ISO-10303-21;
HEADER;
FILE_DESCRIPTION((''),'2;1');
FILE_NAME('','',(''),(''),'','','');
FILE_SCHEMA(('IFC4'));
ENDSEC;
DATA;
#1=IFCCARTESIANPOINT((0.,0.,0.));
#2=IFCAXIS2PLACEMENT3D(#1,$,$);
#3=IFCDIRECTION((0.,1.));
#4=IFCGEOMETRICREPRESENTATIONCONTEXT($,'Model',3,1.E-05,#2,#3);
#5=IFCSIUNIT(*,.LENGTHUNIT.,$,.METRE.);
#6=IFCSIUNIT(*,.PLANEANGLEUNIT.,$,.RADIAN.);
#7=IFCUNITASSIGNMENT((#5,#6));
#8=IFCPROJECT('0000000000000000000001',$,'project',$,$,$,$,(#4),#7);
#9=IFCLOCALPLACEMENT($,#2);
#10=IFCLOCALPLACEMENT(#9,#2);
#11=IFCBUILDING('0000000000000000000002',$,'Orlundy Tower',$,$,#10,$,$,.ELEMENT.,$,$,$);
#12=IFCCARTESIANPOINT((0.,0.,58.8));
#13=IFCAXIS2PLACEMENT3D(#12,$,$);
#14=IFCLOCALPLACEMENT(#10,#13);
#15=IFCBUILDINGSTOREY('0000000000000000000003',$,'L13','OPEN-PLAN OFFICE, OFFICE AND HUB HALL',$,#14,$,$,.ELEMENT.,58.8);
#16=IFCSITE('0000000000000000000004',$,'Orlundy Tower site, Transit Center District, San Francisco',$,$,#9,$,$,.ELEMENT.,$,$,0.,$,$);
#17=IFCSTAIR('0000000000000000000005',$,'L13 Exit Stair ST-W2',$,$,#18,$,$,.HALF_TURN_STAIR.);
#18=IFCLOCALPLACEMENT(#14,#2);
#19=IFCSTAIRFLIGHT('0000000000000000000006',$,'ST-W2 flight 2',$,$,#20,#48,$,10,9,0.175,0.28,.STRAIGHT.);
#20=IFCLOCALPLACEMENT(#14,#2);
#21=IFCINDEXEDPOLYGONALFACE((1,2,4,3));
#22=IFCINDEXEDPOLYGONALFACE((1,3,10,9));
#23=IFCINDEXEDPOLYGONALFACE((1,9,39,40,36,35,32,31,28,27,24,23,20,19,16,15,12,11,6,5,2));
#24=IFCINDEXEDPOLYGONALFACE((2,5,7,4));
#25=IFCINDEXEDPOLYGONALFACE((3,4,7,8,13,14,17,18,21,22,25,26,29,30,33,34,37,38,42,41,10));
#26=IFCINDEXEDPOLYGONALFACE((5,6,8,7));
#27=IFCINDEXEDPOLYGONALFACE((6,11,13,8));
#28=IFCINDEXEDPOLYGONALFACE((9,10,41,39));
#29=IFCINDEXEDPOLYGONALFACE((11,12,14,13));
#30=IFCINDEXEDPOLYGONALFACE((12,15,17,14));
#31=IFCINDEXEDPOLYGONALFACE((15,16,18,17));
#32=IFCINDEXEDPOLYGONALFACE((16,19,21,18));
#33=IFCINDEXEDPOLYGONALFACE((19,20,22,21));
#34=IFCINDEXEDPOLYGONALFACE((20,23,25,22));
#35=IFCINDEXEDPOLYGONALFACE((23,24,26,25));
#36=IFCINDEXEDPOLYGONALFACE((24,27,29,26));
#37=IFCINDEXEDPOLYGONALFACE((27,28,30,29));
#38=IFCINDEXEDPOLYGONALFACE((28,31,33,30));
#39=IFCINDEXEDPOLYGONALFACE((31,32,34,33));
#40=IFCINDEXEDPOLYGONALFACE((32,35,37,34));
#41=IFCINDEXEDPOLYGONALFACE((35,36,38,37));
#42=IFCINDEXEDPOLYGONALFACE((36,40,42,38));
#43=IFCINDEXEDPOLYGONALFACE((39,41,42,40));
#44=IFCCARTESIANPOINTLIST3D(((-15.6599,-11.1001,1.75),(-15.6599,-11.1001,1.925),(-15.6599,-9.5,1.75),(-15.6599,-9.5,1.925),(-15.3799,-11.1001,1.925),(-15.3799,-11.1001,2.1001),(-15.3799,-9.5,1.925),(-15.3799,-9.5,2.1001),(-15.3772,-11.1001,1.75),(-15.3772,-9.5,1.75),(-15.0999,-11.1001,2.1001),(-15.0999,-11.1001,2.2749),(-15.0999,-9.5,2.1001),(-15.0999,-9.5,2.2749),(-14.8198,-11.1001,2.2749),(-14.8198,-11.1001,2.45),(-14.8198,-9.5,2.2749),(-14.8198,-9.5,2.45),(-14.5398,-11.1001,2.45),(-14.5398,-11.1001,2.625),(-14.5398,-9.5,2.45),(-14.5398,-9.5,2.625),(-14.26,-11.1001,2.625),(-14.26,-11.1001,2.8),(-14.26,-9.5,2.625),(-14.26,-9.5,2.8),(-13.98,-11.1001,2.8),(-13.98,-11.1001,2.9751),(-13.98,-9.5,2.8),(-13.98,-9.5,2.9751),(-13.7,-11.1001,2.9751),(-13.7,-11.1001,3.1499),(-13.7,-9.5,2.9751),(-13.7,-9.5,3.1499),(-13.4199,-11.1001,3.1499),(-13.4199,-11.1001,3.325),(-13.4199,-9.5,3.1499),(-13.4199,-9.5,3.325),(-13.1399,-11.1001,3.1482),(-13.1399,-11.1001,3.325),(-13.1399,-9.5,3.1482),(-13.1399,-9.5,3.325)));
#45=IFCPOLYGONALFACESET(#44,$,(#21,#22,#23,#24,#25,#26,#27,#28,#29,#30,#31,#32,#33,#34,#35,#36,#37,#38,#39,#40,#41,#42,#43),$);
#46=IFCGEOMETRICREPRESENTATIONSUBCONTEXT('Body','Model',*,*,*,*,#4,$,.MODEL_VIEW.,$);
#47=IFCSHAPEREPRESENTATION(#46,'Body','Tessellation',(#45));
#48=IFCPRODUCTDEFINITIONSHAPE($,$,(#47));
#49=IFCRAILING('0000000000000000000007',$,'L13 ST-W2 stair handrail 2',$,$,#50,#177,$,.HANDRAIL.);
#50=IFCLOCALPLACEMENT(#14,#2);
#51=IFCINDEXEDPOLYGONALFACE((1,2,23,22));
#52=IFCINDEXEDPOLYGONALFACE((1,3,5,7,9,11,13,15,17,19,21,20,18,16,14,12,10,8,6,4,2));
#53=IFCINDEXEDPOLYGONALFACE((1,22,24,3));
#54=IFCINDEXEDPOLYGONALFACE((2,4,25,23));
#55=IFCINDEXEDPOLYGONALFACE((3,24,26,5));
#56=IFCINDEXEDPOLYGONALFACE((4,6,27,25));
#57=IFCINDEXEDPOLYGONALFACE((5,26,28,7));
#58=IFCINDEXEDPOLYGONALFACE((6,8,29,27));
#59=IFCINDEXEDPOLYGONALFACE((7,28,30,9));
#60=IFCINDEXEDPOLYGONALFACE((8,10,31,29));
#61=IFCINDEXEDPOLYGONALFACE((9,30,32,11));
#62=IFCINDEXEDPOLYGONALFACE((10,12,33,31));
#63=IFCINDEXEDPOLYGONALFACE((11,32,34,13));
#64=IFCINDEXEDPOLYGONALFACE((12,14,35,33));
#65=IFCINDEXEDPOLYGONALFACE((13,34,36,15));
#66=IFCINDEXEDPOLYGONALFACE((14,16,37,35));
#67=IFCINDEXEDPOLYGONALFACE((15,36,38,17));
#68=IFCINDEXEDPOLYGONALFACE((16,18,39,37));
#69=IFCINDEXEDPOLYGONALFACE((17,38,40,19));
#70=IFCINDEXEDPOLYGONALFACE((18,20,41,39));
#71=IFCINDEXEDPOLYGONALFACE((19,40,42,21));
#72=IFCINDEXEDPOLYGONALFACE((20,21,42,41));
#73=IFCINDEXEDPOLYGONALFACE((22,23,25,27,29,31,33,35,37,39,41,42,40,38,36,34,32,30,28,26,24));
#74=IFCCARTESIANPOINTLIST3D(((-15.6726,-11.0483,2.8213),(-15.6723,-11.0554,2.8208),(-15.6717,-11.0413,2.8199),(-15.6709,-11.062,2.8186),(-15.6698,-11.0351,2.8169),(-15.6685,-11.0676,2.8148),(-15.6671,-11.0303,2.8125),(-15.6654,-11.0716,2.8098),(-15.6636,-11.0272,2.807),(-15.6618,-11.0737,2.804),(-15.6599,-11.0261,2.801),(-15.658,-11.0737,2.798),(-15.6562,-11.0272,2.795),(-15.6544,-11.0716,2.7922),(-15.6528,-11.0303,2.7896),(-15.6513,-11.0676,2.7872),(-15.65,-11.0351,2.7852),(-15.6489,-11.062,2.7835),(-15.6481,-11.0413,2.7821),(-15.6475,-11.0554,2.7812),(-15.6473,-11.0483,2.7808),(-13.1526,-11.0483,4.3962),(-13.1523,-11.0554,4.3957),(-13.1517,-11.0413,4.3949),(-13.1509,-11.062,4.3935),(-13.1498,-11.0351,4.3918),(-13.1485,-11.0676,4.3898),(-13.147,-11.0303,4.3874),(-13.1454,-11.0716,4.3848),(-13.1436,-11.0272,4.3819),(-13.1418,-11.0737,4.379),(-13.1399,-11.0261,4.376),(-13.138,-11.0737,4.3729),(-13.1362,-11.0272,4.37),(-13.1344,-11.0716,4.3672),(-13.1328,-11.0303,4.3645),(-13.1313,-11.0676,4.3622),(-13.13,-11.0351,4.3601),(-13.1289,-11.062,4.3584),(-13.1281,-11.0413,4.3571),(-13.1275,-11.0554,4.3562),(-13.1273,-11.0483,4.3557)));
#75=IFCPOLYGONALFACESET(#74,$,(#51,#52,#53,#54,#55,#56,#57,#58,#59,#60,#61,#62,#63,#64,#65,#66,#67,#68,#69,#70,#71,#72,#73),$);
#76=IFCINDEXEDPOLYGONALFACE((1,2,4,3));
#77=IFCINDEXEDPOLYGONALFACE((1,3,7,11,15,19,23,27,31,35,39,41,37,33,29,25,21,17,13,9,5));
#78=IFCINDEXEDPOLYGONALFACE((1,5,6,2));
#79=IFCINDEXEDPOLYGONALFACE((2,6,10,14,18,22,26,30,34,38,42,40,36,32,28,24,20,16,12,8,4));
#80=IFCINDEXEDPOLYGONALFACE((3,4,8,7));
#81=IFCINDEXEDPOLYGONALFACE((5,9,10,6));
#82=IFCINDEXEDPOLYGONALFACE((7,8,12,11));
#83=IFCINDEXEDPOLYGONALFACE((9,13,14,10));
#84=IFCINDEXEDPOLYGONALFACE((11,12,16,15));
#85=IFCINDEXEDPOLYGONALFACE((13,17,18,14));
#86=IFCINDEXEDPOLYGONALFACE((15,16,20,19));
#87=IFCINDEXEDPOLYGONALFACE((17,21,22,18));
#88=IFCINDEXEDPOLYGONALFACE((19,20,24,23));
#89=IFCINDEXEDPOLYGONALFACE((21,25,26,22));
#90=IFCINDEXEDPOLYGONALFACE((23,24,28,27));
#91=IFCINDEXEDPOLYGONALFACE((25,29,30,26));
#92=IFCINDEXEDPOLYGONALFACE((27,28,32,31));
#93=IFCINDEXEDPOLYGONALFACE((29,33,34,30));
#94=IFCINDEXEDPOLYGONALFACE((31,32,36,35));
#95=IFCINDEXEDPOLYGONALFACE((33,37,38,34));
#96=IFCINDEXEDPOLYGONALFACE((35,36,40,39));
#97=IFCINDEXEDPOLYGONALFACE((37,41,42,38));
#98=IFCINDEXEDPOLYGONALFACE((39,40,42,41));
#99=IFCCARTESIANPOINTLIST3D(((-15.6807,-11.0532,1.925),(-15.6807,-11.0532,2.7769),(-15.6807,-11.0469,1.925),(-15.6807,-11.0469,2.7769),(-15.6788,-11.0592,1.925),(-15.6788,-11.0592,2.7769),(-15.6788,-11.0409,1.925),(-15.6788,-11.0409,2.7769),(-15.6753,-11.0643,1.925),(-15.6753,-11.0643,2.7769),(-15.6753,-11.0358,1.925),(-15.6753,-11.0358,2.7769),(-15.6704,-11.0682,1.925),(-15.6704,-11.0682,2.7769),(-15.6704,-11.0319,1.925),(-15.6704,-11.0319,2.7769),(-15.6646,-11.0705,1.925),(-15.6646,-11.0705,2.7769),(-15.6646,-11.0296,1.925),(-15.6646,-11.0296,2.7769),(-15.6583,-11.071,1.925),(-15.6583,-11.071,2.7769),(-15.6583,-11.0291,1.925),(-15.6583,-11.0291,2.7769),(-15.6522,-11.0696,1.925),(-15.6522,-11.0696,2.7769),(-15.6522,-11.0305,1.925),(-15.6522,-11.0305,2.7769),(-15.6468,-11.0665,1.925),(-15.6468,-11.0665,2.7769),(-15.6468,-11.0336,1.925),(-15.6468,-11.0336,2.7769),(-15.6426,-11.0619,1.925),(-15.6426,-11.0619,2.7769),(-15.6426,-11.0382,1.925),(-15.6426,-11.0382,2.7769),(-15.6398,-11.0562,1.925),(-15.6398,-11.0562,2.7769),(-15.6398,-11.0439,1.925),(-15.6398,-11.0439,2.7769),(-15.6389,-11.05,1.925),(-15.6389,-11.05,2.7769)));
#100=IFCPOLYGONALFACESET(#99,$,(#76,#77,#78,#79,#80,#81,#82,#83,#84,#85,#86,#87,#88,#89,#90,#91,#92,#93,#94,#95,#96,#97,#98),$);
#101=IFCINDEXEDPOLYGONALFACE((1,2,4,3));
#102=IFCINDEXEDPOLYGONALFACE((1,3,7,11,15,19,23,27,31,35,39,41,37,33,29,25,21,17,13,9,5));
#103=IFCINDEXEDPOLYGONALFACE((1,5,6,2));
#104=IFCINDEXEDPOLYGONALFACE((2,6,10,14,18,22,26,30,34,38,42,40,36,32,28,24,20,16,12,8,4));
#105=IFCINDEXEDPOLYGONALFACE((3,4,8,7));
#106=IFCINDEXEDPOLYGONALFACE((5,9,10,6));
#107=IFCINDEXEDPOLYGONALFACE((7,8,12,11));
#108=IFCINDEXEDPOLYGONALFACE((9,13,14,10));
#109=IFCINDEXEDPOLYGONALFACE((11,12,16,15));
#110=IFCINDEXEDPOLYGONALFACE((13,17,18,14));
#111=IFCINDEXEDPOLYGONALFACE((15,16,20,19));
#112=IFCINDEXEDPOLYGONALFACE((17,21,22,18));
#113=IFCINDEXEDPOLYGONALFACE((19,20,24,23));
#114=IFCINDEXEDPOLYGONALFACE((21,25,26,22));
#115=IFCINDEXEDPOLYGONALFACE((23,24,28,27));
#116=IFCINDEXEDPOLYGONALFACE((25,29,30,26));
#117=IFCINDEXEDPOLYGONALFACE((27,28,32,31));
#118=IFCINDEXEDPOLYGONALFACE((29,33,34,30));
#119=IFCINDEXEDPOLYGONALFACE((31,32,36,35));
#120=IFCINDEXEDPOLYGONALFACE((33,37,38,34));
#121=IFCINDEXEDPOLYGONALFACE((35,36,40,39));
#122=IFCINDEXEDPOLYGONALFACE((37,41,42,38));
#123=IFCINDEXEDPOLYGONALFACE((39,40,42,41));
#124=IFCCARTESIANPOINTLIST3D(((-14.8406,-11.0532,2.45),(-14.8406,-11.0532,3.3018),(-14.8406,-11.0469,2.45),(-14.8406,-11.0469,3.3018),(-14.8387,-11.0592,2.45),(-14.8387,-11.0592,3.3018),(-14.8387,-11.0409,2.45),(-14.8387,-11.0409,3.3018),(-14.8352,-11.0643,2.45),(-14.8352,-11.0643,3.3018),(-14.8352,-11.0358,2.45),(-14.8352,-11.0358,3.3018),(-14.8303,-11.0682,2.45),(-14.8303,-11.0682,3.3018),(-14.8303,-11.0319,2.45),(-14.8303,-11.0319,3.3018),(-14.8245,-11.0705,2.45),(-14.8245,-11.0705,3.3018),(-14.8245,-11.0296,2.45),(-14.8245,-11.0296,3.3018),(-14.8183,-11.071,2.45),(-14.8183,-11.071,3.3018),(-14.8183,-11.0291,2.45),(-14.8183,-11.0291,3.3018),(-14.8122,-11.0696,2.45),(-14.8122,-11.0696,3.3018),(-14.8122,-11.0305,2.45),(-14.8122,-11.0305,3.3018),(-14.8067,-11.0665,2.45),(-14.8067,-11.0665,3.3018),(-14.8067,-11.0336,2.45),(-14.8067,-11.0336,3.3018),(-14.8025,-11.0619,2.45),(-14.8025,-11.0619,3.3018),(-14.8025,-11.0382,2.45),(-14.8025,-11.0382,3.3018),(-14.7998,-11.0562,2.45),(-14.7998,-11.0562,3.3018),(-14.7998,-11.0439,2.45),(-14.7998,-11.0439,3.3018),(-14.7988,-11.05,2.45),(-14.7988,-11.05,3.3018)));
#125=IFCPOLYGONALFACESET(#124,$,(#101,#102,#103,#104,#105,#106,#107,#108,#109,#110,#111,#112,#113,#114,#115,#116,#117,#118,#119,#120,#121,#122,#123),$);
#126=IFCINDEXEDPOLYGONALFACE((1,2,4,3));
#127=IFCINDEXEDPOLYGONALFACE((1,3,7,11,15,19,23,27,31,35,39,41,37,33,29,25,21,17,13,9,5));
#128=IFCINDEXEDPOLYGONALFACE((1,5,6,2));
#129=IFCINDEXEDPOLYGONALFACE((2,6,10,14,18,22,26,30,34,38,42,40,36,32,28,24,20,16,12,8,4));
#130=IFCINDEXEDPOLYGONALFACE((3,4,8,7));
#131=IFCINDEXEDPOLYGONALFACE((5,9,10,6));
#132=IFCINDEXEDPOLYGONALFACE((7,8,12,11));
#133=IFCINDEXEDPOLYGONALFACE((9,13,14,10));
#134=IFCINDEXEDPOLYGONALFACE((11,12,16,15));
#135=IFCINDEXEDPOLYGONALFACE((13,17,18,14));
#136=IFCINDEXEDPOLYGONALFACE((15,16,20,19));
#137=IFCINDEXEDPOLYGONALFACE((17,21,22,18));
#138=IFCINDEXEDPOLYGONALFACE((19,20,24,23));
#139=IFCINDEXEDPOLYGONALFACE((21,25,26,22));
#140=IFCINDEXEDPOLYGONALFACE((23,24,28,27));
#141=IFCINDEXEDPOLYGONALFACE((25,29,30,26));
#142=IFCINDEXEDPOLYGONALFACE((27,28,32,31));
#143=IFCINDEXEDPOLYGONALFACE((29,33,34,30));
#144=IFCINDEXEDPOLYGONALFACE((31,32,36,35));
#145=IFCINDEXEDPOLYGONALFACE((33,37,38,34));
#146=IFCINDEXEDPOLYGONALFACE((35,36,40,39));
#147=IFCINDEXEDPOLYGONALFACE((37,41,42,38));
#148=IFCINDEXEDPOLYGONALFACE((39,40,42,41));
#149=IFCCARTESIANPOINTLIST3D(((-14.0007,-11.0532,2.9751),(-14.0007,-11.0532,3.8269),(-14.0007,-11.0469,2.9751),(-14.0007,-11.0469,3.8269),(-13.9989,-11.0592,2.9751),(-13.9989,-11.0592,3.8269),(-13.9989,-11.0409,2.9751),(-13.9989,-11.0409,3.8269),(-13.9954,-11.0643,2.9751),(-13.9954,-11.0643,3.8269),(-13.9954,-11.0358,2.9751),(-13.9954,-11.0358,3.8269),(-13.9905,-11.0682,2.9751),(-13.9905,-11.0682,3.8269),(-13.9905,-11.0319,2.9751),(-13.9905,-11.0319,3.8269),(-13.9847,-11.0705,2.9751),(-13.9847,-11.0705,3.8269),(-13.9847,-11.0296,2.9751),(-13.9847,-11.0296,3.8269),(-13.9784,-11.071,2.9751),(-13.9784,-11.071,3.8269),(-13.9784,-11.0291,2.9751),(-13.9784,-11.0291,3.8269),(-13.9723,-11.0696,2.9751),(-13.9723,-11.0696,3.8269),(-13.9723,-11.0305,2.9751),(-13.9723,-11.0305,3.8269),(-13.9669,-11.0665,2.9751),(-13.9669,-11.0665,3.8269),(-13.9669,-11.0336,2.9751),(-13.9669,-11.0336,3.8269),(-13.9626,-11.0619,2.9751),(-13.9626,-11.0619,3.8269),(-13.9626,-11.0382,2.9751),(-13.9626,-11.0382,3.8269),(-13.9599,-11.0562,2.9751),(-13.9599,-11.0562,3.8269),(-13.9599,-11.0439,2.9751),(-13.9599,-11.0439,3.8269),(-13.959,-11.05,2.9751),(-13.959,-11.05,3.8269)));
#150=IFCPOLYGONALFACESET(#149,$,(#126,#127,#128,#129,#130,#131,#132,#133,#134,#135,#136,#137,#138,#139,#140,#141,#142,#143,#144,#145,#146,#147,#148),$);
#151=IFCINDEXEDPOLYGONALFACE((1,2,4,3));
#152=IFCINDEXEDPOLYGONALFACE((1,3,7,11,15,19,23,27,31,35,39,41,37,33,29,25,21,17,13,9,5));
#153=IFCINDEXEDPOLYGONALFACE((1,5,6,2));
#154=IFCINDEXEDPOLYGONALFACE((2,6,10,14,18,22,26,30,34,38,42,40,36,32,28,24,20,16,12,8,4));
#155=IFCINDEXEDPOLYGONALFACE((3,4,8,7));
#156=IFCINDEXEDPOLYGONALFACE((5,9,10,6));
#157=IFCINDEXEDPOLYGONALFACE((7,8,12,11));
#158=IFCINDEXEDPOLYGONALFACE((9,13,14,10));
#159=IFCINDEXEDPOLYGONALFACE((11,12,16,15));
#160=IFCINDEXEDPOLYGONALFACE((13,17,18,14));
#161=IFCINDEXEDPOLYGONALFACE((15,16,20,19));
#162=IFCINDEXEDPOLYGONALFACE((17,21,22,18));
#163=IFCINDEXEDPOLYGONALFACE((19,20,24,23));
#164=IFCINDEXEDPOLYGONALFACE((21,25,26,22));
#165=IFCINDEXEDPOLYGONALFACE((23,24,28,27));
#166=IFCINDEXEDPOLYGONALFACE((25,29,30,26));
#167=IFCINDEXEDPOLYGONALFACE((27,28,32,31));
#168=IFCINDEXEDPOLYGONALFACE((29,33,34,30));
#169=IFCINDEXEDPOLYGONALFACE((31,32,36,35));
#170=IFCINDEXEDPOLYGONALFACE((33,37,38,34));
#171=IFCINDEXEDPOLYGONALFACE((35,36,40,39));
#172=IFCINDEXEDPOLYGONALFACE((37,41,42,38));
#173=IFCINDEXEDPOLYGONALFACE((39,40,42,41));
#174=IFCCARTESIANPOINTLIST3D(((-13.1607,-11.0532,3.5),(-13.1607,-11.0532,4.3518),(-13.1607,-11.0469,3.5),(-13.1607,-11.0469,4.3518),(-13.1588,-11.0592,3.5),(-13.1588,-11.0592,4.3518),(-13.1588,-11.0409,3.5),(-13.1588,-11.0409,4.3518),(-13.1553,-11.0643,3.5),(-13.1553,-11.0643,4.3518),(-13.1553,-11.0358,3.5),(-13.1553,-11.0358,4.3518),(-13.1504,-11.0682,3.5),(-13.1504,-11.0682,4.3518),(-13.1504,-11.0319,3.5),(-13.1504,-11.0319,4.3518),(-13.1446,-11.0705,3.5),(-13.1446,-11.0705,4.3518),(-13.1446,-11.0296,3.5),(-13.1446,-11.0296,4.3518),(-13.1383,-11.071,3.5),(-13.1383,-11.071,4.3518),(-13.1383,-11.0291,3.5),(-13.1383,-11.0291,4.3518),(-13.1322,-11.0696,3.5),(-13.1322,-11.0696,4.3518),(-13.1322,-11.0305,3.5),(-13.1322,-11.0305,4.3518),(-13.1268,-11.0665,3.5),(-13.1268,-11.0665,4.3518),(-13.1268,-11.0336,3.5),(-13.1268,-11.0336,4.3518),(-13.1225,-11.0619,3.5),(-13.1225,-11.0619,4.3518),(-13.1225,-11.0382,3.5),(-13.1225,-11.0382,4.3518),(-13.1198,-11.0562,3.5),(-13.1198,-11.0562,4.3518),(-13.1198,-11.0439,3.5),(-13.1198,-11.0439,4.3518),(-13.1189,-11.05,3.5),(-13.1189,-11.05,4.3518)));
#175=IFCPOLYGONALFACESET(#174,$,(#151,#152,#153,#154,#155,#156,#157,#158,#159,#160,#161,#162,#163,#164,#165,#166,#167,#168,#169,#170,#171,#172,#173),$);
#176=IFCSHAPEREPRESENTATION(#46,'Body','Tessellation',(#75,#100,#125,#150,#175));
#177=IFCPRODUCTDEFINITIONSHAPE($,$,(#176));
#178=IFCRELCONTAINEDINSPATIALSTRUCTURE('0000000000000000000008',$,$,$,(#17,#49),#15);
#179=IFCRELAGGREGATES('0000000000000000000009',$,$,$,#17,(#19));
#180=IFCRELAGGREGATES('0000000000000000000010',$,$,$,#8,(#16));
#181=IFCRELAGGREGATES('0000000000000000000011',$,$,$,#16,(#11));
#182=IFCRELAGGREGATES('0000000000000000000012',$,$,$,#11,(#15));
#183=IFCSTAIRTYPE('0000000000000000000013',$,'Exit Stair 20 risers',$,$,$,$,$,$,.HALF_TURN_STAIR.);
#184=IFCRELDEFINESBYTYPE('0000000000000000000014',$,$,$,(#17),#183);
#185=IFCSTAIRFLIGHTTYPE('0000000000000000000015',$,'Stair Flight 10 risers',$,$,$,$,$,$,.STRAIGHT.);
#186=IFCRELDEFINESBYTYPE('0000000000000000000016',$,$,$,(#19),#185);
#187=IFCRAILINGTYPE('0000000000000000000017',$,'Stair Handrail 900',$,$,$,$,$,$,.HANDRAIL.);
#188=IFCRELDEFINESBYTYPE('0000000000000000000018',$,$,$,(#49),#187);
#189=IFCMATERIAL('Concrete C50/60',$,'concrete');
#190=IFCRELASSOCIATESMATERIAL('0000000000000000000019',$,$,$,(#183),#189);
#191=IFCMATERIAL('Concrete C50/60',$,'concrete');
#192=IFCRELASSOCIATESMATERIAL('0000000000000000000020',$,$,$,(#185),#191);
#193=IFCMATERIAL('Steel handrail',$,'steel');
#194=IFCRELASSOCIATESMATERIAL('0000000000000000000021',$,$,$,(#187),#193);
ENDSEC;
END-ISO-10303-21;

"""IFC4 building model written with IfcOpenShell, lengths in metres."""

from ifc_helpers import new_model, si_unit, direction, frame, origin, origin_2d, place, context, subcontext, project, spatial, polyline, circle, outline, extrude, material, type_object, element, aggregate, save


model = new_model("IFC4")

# Units and contexts
model_context = context("Model", 3, precision=1e-05, world=origin(), true_north=direction((0.0, 1.0)))
body_context = subcontext(model_context, "Body", "Model", "MODEL_VIEW")
ifc_project = project(units=[si_unit("LENGTHUNIT", "METRE"), si_unit("PLANEANGLEUNIT", "RADIAN")], contexts=[model_context])

# Site, building, storey
site_placement = place(None, origin())
site = spatial("IfcSite", under=ifc_project, at=site_placement, Name="Orlundy Tower site, Transit Center District, San Francisco", CompositionType="ELEMENT", RefElevation=0.0)
building_placement = place(site_placement, origin())
building = spatial("IfcBuilding", under=site, at=building_placement, Name="Orlundy Tower", CompositionType="ELEMENT")
storey_placement = place(building_placement, frame((0.0, 0.0, 58.8)))
storey = spatial("IfcBuildingStorey", under=building, at=storey_placement, Name="L13", Description="OPEN-PLAN OFFICE, OFFICE AND HUB HALL", CompositionType="ELEMENT", Elevation=58.8)

# Stair, stair flight
ifc_material_1 = material(Name="Concrete C50/60", Category="concrete")
stair_type = type_object("IfcStairType", Name="Exit Stair 20 risers", PredefinedType="HALF_TURN_STAIR", material=ifc_material_1)
stair_placement = place(storey_placement, origin())
stair = element("IfcStair", 1, at=stair_placement, inside=storey, type_object=stair_type, Name="L13 Exit Stair ST-W2", PredefinedType="HALF_TURN_STAIR")
ifc_material_2 = material(Name="Concrete C50/60", Category="concrete")
stair_flight_type = type_object("IfcStairFlightType", Name="Stair Flight 10 risers", PredefinedType="STRAIGHT", material=ifc_material_2)
stair_flight_1_placement = place(storey_placement, frame((-15.6599, -10.3, 1.75), z_axis=(0.0, 0.0, 1.0), x_axis=(1.0, 0.0, 0.0)))
stair_flight_1 = element("IfcStairFlight", 2, at=stair_flight_1_placement, type_object=stair_flight_type, Name="ST-W2 flight 2", NumberOfRisers=10, NumberOfTreads=9, PredefinedType="STRAIGHT", RiserHeight=0.175, TreadLength=0.28, context=body_context, shape_type="SweptSolid", body=[
    extrude(outline(polyline([(0.0, 0.0), (0.0, 0.175), (0.28, 0.175), (0.28, 0.3501), (0.5601, 0.3501), (0.5601, 0.5249), (0.8401, 0.5249), (0.8401, 0.7), (1.1201, 0.7), (1.1201, 0.875), (1.3999, 0.875), (1.3999, 1.05), (1.6799, 1.05), (1.6799, 1.2251), (1.96, 1.2251), (1.96, 1.3999), (2.24, 1.3999), (2.24, 1.575), (2.52, 1.575), (2.52, 1.75), (2.52, 1.3982), (0.2827, 0.0), (0.0, 0.0)])), frame((0.0, 0.8, 0.0), z_axis=(0.0, -1.0, 0.0), x_axis=(1.0, 0.0, 0.0)), (0.0, 0.0, 1.0), 1.6001),
])
aggregate(stair, [stair_flight_1])

# Railing
ifc_material_3 = material(Name="Steel handrail", Category="steel")
railing_type = type_object("IfcRailingType", Name="Stair Handrail 900", PredefinedType="HANDRAIL", material=ifc_material_3)
railing_placement = place(storey_placement, frame((-15.6599, -11.05, 1.925)))
element("IfcRailing", 3, at=railing_placement, inside=storey, type_object=railing_type, Name="L13 ST-W2 stair handrail 2", PredefinedType="HANDRAIL", context=body_context, shape_type="SweptSolid", body=[
    extrude(circle(Radius=0.0239, at=origin_2d()), frame((0.0, 0.0, 0.876), z_axis=(0.848008, 0.0, 0.529984), x_axis=(0.0, 1.0, 0.0)), (0.0, 0.0, 1.0), 2.9717),
    extrude(circle(Radius=0.021, at=origin_2d()), origin(), (0.0, 0.0, 1.0), 0.8518),
    extrude(circle(Radius=0.021, at=origin_2d()), frame((0.8401, 0.0, 0.5249)), (0.0, 0.0, 1.0), 0.8518),
    extrude(circle(Radius=0.021, at=origin_2d()), frame((1.6799, 0.0, 1.05)), (0.0, 0.0, 1.0), 0.8518),
    extrude(circle(Radius=0.021, at=origin_2d()), frame((2.52, 0.0, 1.575)), (0.0, 0.0, 1.0), 0.8518),
])

save(model, "model.ifc")
